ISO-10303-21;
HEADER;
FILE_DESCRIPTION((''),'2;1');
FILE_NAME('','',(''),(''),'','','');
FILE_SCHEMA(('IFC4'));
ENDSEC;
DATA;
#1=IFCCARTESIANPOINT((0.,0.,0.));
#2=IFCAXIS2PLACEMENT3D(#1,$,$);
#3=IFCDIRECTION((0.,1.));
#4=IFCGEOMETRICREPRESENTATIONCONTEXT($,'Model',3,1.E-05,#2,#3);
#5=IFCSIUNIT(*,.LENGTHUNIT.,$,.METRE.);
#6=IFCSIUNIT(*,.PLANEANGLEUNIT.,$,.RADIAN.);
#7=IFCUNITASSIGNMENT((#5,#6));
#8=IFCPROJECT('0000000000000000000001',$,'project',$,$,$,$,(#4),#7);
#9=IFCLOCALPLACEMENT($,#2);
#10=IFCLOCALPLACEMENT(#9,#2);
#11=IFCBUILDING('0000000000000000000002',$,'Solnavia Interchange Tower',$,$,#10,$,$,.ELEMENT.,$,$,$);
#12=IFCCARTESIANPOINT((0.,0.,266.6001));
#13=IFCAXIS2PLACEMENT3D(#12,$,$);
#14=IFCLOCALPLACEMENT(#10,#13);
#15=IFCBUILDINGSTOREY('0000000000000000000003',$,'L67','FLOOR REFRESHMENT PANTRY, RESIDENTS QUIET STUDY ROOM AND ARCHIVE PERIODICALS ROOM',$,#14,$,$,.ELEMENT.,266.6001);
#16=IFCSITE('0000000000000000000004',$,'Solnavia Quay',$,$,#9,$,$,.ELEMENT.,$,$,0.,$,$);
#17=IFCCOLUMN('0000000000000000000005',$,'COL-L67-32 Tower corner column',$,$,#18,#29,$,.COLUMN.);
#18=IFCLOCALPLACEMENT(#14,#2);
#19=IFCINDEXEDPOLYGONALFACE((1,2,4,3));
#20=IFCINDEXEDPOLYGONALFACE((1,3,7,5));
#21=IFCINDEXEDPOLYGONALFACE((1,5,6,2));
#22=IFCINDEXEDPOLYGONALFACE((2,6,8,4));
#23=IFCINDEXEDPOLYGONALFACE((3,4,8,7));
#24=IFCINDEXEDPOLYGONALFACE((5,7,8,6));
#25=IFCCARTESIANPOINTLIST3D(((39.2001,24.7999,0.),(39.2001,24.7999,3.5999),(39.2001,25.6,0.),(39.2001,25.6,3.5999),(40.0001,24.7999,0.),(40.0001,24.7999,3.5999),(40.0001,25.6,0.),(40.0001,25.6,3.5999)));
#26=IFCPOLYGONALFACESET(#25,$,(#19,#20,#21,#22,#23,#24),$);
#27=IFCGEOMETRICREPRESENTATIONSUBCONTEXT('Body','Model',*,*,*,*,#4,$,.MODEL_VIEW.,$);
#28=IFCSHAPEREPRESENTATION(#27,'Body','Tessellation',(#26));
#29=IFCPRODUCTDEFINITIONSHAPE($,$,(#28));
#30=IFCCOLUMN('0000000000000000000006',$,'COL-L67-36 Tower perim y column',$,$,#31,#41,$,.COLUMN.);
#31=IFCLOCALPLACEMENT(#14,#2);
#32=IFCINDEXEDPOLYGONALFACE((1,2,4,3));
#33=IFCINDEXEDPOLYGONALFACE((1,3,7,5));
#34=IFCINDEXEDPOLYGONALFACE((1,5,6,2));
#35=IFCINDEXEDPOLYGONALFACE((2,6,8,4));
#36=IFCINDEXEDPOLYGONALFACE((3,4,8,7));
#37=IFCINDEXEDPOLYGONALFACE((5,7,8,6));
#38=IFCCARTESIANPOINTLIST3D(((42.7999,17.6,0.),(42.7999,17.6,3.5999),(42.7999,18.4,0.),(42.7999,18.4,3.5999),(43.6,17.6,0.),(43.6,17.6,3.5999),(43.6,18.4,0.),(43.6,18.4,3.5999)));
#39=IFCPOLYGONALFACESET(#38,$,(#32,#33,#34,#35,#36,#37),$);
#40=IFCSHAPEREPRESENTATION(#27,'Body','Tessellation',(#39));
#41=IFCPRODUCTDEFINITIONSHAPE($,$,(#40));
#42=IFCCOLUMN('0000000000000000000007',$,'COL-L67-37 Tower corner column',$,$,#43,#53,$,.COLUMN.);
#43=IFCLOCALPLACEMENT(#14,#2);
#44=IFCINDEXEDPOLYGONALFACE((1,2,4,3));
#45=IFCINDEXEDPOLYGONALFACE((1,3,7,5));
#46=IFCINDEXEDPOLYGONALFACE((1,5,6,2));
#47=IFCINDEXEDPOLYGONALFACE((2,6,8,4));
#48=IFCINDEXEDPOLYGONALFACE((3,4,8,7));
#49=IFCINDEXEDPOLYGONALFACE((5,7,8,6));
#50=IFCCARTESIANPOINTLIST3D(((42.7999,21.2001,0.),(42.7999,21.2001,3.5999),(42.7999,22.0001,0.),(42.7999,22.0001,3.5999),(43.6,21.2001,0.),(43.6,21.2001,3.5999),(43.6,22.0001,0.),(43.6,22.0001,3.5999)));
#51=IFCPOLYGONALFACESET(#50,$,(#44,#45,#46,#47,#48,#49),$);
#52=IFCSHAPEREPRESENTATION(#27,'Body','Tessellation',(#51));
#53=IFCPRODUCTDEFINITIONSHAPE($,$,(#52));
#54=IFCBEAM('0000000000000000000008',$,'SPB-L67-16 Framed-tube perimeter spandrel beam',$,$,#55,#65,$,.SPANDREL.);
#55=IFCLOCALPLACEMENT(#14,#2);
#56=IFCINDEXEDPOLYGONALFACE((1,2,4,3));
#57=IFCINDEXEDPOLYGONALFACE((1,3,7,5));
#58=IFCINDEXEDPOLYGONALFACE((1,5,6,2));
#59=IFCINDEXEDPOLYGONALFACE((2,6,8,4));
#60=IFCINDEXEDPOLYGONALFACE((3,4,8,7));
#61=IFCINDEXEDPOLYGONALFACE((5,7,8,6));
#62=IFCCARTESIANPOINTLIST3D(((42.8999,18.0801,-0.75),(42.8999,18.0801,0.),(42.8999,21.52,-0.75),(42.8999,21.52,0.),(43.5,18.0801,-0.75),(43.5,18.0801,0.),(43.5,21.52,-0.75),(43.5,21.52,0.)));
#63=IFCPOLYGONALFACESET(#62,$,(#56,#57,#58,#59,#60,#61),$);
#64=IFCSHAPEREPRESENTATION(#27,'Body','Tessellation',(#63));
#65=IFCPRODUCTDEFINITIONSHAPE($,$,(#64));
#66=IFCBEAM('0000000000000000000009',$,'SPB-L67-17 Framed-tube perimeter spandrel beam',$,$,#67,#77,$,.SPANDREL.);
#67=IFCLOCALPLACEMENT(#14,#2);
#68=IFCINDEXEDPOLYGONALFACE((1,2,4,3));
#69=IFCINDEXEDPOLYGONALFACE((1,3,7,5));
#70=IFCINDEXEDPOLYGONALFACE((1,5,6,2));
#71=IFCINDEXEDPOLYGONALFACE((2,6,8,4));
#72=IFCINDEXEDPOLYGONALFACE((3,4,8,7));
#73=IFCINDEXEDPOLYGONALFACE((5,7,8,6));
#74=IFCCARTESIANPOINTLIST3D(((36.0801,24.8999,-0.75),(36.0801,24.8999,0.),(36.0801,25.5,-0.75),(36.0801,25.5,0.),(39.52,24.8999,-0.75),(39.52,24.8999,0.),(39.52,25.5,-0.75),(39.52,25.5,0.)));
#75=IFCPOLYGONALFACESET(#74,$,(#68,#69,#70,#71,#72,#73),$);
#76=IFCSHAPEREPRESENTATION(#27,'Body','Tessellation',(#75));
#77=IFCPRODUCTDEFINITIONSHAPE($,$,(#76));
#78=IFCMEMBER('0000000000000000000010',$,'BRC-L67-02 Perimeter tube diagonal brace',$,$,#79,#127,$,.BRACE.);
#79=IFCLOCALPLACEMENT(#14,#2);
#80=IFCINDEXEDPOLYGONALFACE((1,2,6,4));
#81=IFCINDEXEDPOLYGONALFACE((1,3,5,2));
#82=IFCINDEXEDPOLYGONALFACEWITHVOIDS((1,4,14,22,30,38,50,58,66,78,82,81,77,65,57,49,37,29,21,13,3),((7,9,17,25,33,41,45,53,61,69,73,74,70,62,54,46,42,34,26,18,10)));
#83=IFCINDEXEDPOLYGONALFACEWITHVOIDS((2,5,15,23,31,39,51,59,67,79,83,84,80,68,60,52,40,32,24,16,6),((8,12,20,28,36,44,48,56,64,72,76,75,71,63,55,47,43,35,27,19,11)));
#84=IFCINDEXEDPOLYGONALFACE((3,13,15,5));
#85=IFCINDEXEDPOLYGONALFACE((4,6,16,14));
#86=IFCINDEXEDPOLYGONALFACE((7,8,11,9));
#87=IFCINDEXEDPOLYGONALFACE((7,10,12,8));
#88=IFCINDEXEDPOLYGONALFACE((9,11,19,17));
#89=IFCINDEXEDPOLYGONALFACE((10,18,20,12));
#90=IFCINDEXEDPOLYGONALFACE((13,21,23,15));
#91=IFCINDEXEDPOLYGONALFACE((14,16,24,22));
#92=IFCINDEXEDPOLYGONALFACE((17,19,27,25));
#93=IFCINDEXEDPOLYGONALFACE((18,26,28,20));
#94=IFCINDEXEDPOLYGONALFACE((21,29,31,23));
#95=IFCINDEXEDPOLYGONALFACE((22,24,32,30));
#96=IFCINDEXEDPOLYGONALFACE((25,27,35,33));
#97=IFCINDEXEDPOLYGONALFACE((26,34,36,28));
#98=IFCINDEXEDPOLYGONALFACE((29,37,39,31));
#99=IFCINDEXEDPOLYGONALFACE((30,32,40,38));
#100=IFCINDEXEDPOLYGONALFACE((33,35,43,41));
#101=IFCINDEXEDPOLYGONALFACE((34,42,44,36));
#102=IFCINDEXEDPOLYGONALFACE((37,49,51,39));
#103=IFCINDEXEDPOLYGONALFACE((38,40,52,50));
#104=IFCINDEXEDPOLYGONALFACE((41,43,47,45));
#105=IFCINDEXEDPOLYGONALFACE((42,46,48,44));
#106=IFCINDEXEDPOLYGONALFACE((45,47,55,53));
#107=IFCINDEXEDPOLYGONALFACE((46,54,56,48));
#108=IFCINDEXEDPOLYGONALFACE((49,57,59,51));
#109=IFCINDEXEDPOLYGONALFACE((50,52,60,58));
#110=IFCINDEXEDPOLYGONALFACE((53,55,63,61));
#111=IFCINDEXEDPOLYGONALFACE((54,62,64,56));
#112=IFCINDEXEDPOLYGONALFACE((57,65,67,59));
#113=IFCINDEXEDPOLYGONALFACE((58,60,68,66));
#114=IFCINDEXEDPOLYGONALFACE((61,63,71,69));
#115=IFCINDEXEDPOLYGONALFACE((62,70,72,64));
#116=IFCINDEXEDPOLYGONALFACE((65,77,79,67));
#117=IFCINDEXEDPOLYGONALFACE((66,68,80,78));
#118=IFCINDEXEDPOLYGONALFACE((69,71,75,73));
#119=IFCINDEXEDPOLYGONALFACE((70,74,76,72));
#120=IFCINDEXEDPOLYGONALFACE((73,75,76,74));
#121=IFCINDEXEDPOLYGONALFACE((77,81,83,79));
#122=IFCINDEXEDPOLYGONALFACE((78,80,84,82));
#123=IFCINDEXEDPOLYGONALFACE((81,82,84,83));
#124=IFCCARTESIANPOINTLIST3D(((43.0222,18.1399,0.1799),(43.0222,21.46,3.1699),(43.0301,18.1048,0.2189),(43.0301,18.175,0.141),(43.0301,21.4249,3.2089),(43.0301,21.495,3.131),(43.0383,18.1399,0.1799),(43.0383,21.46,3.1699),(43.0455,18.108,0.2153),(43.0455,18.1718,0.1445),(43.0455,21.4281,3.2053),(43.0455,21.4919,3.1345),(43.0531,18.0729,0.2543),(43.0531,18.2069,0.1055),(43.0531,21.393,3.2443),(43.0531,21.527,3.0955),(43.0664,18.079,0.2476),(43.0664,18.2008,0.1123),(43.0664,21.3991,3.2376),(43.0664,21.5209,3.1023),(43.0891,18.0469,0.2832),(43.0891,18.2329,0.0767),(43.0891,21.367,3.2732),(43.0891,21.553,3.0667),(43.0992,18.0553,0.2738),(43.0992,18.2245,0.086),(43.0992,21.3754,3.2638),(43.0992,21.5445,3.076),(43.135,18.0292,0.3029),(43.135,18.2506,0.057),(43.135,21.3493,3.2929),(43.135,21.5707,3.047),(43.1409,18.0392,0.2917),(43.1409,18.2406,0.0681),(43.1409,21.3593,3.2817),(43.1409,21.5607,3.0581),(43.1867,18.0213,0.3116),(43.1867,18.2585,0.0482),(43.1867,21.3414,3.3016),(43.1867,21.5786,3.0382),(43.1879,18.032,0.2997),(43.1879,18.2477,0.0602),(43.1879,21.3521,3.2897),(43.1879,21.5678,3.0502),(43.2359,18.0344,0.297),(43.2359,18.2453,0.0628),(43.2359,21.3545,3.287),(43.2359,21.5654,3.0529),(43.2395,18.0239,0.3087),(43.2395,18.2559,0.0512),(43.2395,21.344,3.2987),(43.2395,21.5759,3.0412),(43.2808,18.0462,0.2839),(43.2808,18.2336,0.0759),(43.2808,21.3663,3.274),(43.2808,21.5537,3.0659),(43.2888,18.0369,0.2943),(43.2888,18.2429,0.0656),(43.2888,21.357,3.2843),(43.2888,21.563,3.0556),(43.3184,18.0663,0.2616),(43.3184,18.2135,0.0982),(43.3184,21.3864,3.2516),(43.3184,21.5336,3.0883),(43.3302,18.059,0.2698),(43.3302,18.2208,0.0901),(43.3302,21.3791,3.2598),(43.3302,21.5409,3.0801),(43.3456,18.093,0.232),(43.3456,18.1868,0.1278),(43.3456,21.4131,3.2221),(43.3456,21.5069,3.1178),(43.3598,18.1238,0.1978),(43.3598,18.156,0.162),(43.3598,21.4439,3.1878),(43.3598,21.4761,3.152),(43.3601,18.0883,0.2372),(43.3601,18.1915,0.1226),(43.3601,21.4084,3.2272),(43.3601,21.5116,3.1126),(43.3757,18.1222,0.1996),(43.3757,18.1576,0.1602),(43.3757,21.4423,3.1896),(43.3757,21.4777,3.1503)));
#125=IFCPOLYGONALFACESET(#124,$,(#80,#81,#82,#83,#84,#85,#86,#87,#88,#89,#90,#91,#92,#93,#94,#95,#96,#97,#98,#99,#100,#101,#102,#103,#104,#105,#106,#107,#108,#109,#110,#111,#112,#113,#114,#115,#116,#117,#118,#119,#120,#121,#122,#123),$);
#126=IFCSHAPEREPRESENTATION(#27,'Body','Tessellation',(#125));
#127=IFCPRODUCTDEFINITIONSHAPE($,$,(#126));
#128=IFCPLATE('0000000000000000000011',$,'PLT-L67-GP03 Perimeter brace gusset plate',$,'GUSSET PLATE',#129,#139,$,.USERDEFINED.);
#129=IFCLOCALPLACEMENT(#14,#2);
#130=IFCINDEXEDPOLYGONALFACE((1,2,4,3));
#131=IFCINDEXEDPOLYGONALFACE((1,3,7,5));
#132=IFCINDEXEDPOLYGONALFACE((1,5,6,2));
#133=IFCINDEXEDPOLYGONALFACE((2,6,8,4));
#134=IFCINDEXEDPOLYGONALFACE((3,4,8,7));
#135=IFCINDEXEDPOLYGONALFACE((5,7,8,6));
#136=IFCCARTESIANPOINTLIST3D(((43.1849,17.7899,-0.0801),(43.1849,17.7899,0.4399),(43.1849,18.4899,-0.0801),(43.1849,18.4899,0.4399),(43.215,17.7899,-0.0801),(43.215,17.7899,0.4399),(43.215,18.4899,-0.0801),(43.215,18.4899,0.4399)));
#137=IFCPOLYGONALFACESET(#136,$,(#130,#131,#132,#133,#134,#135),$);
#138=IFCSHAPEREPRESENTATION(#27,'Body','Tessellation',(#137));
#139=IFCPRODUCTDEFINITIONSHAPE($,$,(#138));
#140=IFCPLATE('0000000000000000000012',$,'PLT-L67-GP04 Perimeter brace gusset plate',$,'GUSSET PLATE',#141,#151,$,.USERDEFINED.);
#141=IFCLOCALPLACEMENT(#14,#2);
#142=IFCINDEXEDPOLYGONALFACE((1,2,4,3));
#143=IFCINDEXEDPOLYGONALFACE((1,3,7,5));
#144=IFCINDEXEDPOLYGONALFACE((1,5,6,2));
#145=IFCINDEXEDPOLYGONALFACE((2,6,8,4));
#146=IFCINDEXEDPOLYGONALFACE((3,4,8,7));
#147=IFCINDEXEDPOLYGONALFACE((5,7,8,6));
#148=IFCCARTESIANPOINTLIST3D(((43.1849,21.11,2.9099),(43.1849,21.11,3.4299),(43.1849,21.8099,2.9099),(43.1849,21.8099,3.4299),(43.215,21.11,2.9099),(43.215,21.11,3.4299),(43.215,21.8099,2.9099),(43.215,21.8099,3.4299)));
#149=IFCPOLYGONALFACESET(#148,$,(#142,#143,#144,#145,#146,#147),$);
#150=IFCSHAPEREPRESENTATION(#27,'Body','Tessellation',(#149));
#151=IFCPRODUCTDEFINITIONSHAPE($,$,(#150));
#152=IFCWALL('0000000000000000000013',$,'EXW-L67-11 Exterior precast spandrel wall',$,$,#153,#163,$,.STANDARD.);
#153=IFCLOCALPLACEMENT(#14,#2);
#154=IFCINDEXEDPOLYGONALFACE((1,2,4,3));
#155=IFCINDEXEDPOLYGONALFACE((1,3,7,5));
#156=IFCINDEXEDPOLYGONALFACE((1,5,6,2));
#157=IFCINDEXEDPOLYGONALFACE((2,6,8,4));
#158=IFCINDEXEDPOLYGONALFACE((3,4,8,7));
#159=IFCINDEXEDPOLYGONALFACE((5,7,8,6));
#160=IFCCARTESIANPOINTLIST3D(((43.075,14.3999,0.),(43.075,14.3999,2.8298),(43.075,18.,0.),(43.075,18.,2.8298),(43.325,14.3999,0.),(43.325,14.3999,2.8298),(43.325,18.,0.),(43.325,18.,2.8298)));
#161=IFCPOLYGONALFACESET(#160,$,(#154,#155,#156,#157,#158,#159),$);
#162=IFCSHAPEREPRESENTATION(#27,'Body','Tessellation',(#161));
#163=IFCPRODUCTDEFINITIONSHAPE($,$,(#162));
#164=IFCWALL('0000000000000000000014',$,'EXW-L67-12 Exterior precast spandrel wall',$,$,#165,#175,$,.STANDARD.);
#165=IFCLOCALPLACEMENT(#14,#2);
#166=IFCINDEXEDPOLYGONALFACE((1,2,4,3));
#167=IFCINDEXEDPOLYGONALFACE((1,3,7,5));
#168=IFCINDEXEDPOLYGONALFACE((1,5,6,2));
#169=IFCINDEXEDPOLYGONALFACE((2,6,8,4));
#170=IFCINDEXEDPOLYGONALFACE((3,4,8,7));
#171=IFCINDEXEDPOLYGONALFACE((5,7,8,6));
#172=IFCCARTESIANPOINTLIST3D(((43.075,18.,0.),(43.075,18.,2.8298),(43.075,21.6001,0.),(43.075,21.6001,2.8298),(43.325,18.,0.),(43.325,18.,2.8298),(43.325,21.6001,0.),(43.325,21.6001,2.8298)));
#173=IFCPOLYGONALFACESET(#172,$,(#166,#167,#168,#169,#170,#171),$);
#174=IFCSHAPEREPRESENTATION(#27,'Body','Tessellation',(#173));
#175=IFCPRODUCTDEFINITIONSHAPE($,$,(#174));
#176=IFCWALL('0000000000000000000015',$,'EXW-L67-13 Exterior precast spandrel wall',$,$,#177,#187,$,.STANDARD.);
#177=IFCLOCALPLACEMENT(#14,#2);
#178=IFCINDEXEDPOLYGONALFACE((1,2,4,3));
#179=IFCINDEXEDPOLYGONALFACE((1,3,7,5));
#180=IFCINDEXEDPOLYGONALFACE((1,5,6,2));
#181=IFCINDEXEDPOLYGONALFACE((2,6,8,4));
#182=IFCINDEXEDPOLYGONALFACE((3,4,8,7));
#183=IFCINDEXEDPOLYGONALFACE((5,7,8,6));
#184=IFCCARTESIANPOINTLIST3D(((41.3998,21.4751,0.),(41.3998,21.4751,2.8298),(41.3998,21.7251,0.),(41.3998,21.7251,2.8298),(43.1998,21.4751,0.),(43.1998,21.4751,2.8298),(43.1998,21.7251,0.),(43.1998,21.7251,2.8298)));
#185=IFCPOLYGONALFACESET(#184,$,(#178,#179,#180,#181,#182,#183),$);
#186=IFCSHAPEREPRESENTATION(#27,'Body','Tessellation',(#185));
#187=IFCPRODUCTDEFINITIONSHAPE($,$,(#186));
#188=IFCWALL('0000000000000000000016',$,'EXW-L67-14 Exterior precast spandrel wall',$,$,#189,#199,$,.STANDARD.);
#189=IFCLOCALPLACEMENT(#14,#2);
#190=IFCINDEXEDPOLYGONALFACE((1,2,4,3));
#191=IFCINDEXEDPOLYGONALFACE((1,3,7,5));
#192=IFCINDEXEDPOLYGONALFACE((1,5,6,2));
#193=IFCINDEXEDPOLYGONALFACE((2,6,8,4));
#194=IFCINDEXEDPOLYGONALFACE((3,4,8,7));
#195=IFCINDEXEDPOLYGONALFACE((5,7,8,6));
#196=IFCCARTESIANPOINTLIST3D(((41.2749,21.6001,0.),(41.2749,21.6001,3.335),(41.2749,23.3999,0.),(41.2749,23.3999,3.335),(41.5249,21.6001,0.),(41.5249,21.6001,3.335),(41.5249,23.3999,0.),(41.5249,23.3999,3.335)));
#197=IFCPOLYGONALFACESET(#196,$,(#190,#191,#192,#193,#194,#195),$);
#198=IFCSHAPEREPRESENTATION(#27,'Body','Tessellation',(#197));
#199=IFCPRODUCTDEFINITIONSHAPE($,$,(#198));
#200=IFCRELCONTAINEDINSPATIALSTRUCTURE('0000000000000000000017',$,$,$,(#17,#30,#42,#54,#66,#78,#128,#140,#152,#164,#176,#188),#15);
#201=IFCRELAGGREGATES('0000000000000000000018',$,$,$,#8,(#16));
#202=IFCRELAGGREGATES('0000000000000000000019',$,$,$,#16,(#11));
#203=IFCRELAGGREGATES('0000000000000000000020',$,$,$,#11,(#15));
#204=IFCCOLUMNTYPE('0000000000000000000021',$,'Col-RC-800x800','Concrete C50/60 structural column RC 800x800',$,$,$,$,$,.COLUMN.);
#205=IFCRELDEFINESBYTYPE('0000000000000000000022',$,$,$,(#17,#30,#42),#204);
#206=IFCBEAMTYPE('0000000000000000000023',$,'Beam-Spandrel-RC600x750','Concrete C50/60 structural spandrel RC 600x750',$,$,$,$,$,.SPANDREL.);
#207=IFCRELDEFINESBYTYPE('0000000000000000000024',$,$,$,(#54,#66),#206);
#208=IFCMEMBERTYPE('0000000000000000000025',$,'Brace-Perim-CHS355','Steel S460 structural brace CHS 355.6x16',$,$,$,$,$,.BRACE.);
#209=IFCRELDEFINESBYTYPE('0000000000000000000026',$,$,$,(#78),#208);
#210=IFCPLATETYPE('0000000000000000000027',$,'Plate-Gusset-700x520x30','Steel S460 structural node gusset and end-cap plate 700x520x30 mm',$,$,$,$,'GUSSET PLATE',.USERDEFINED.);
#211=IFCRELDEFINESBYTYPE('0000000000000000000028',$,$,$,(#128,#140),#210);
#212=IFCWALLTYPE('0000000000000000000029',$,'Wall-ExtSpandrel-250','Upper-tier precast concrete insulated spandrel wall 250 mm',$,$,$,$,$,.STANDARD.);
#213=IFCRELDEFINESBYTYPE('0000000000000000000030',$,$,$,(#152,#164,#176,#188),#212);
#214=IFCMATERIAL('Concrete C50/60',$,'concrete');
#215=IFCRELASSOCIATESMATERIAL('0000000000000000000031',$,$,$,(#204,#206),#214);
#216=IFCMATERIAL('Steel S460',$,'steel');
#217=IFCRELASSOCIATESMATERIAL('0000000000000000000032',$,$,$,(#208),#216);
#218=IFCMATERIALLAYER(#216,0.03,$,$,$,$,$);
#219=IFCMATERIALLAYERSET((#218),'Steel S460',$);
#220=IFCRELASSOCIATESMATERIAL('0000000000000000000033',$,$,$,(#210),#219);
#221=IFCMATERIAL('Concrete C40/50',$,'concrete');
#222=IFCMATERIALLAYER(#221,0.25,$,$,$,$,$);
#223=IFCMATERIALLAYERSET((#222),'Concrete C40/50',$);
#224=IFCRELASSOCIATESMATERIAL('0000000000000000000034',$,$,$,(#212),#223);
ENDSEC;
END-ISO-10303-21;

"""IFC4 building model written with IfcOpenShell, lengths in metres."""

from ifc_helpers import new_model, si_unit, direction, frame, frame_2d, origin, origin_2d, place, context, subcontext, project, spatial, rectangle, hollow_circle, extrude, material, layer, layer_set, material_profile, profile_set, type_object, element, save


model = new_model("IFC4")

# Units and contexts
model_context = context("Model", 3, precision=1e-05, world=origin(), true_north=direction((0.0, 1.0)))
body_context = subcontext(model_context, "Body", "Model", "MODEL_VIEW")
ifc_project = project(units=[si_unit("LENGTHUNIT", "METRE"), si_unit("PLANEANGLEUNIT", "RADIAN")], contexts=[model_context])

# Site, building, storey
site_placement = place(None, origin())
site = spatial("IfcSite", under=ifc_project, at=site_placement, Name="Solnavia Quay", CompositionType="ELEMENT", RefElevation=0.0)
building_placement = place(site_placement, origin())
building = spatial("IfcBuilding", under=site, at=building_placement, Name="Solnavia Interchange Tower", CompositionType="ELEMENT")
storey_placement = place(building_placement, frame((0.0, 0.0, 266.6001)))
storey = spatial("IfcBuildingStorey", under=building, at=storey_placement, Name="L67", Description="FLOOR REFRESHMENT PANTRY, RESIDENTS QUIET STUDY ROOM AND ARCHIVE PERIODICALS ROOM", CompositionType="ELEMENT", Elevation=266.6001)

# Columns
ifc_material_1 = material(Name="Concrete C50/60", Category="concrete")
ifc_material_profile_1 = material_profile(ifc_material_1, rectangle(XDim=0.8, YDim=0.8, at=origin_2d()), Name="RC 800x800")
ifc_profile_set_1 = profile_set([ifc_material_profile_1], Name="Concrete C50/60")
column_type = type_object("IfcColumnType", Name="Col-RC-800x800", Description="Concrete C50/60 structural column RC 800x800", PredefinedType="COLUMN", material=ifc_profile_set_1)
for number, where, z_axis, x_axis, name in (
    (1, (39.6001, 25.2, 0.0), (0.0, 0.0, 1.0), (1.0, 0.0, 0.0), "COL-L67-32 Tower corner column"),
    (2, (43.2, 18.0, 0.0), (0.0, 0.0, 1.0), (0.0, 1.0, 0.0), "COL-L67-36 Tower perim y column"),
    (3, (43.2, 21.6001, 0.0), (0.0, 0.0, 1.0), (0.0, 1.0, 0.0), "COL-L67-37 Tower corner column"),
):
    element("IfcColumn", number, at=place(storey_placement, frame(where, z_axis=z_axis, x_axis=x_axis)), inside=storey, type_object=column_type, Name=name, PredefinedType="COLUMN", context=body_context, shape_type="SweptSolid", body=[
        extrude(rectangle(XDim=0.8, YDim=0.8, at=origin_2d()), origin(), (0.0, 0.0, 1.0), 3.5999),
    ])

# Beams
ifc_material_profile_2 = material_profile(ifc_material_1, rectangle(XDim=0.6001, YDim=0.75, at=origin_2d()), Name="RC 600x750")
ifc_profile_set_2 = profile_set([ifc_material_profile_2], Name="Concrete C50/60")
beam_type = type_object("IfcBeamType", Name="Beam-Spandrel-RC600x750", Description="Concrete C50/60 structural spandrel RC 600x750", PredefinedType="SPANDREL", material=ifc_profile_set_2)
for number, where, z_axis, x_axis, name in (
    (4, (43.2, 18.0801, -0.375), (0.0, 1.0, 0.0), (-1.0, 0.0, 0.0), "SPB-L67-16 Framed-tube perimeter spandrel beam"),
    (5, (39.52, 25.2, -0.375), (-1.0, 0.0, 0.0), (0.0, -1.0, 0.0), "SPB-L67-17 Framed-tube perimeter spandrel beam"),
):
    element("IfcBeam", number, at=place(storey_placement, frame(where, z_axis=z_axis, x_axis=x_axis)), inside=storey, type_object=beam_type, Name=name, PredefinedType="SPANDREL", context=body_context, shape_type="SweptSolid", body=[
        extrude(rectangle(XDim=0.6001, YDim=0.75, at=origin_2d()), origin(), (0.0, 0.0, 1.0), 3.4399),
    ])

# Member
ifc_material_2 = material(Name="Steel S460", Category="steel")
ifc_material_profile_3 = material_profile(ifc_material_2, hollow_circle(Radius=0.1777, WallThickness=0.0161, at=origin_2d()), Name="CHS 355.6x16")
ifc_profile_set_3 = profile_set([ifc_material_profile_3], Name="Steel S460")
member_type = type_object("IfcMemberType", Name="Brace-Perim-CHS355", Description="Steel S460 structural brace CHS 355.6x16", PredefinedType="BRACE", material=ifc_profile_set_3)
member_placement = place(storey_placement, frame((43.2, 18.1399, 0.1799), z_axis=(0.0, 0.743079, 0.669203), x_axis=(-1.0, 0.0, 0.0)))
element("IfcMember", 6, at=member_placement, inside=storey, type_object=member_type, Name="BRC-L67-02 Perimeter tube diagonal brace", PredefinedType="BRACE", context=body_context, shape_type="SweptSolid", body=[
    extrude(hollow_circle(Radius=0.1777, WallThickness=0.0161, at=origin_2d()), origin(), (0.0, 0.0, 1.0), 4.468),
])

# Plates
ifc_layer_1 = layer(ifc_material_2, 0.03)
ifc_layer_set_1 = layer_set([ifc_layer_1], Name="Steel S460")
plate_type = type_object("IfcPlateType", Name="Plate-Gusset-700x520x30", Description="Steel S460 structural node gusset and end-cap plate 700x520x30 mm", ElementType="GUSSET PLATE", PredefinedType="USERDEFINED", material=ifc_layer_set_1)
for number, where, z_axis, x_axis, name in (
    (7, (43.2, 18.1399, -0.0801), (0.0, 0.0, 1.0), (0.0, 1.0, 0.0), "PLT-L67-GP03 Perimeter brace gusset plate"),
    (8, (43.2, 21.46, 2.9099), (0.0, 0.0, 1.0), (0.0, 1.0, 0.0), "PLT-L67-GP04 Perimeter brace gusset plate"),
):
    element("IfcPlate", number, at=place(storey_placement, frame(where, z_axis=z_axis, x_axis=x_axis)), inside=storey, type_object=plate_type, Name=name, ObjectType="GUSSET PLATE", PredefinedType="USERDEFINED", context=body_context, shape_type="SweptSolid", body=[
        extrude(rectangle(XDim=0.7, YDim=0.03, at=origin_2d()), origin(), (0.0, 0.0, 1.0), 0.52),
    ])

# Walls
ifc_material_3 = material(Name="Concrete C40/50", Category="concrete")
ifc_layer_2 = layer(ifc_material_3, 0.25)
ifc_layer_set_2 = layer_set([ifc_layer_2], Name="Concrete C40/50")
wall_type_1 = type_object("IfcWallType", Name="Wall-ExtSpandrel-250", Description="Upper-tier precast concrete insulated spandrel wall 250 mm", PredefinedType="STANDARD", material=ifc_layer_set_2)
for number, where, z_axis, x_axis, name in (
    (9, (43.2, 18.0, 0.0), (0.0, 0.0, 1.0), (0.0, -1.0, 0.0), "EXW-L67-11 Exterior precast spandrel wall"),
    (10, (43.2, 21.6001, 0.0), (0.0, 0.0, 1.0), (0.0, -1.0, 0.0), "EXW-L67-12 Exterior precast spandrel wall"),
):
    element("IfcWall", number, at=place(storey_placement, frame(where, z_axis=z_axis, x_axis=x_axis)), inside=storey, type_object=wall_type_1, Name=name, PredefinedType="STANDARD", context=body_context, shape_type="SweptSolid", body=[
        extrude(rectangle(XDim=3.6001, YDim=0.25, at=frame_2d((1.8, 0.0))), origin(), (0.0, 0.0, 1.0), 2.8298),
    ])
wall_1_placement = place(storey_placement, frame((41.3999, 21.6001, 0.0), z_axis=(0.0, 0.0, 1.0), x_axis=(1.0, 0.0, 0.0)))
element("IfcWall", 11, at=wall_1_placement, inside=storey, type_object=wall_type_1, Name="EXW-L67-13 Exterior precast spandrel wall", PredefinedType="STANDARD", context=body_context, shape_type="SweptSolid", body=[
    extrude(rectangle(XDim=1.8, YDim=0.25, at=frame_2d((0.8999, 0.0))), origin(), (0.0, 0.0, 1.0), 2.8298),
])
for number, where, z_axis, x_axis, name in (
    (12, (41.3999, 23.3999, 0.0), (0.0, 0.0, 1.0), (0.0, -1.0, 0.0), "EXW-L67-14 Exterior precast spandrel wall"),
):
    element("IfcWall", number, at=place(storey_placement, frame(where, z_axis=z_axis, x_axis=x_axis)), inside=storey, type_object=wall_type_1, Name=name, PredefinedType="STANDARD", context=body_context, shape_type="SweptSolid", body=[
        extrude(rectangle(XDim=1.7998, YDim=0.25, at=frame_2d((0.8999, 0.0))), origin(), (0.0, 0.0, 1.0), 3.335),
    ])

save(model, "model.ifc")
